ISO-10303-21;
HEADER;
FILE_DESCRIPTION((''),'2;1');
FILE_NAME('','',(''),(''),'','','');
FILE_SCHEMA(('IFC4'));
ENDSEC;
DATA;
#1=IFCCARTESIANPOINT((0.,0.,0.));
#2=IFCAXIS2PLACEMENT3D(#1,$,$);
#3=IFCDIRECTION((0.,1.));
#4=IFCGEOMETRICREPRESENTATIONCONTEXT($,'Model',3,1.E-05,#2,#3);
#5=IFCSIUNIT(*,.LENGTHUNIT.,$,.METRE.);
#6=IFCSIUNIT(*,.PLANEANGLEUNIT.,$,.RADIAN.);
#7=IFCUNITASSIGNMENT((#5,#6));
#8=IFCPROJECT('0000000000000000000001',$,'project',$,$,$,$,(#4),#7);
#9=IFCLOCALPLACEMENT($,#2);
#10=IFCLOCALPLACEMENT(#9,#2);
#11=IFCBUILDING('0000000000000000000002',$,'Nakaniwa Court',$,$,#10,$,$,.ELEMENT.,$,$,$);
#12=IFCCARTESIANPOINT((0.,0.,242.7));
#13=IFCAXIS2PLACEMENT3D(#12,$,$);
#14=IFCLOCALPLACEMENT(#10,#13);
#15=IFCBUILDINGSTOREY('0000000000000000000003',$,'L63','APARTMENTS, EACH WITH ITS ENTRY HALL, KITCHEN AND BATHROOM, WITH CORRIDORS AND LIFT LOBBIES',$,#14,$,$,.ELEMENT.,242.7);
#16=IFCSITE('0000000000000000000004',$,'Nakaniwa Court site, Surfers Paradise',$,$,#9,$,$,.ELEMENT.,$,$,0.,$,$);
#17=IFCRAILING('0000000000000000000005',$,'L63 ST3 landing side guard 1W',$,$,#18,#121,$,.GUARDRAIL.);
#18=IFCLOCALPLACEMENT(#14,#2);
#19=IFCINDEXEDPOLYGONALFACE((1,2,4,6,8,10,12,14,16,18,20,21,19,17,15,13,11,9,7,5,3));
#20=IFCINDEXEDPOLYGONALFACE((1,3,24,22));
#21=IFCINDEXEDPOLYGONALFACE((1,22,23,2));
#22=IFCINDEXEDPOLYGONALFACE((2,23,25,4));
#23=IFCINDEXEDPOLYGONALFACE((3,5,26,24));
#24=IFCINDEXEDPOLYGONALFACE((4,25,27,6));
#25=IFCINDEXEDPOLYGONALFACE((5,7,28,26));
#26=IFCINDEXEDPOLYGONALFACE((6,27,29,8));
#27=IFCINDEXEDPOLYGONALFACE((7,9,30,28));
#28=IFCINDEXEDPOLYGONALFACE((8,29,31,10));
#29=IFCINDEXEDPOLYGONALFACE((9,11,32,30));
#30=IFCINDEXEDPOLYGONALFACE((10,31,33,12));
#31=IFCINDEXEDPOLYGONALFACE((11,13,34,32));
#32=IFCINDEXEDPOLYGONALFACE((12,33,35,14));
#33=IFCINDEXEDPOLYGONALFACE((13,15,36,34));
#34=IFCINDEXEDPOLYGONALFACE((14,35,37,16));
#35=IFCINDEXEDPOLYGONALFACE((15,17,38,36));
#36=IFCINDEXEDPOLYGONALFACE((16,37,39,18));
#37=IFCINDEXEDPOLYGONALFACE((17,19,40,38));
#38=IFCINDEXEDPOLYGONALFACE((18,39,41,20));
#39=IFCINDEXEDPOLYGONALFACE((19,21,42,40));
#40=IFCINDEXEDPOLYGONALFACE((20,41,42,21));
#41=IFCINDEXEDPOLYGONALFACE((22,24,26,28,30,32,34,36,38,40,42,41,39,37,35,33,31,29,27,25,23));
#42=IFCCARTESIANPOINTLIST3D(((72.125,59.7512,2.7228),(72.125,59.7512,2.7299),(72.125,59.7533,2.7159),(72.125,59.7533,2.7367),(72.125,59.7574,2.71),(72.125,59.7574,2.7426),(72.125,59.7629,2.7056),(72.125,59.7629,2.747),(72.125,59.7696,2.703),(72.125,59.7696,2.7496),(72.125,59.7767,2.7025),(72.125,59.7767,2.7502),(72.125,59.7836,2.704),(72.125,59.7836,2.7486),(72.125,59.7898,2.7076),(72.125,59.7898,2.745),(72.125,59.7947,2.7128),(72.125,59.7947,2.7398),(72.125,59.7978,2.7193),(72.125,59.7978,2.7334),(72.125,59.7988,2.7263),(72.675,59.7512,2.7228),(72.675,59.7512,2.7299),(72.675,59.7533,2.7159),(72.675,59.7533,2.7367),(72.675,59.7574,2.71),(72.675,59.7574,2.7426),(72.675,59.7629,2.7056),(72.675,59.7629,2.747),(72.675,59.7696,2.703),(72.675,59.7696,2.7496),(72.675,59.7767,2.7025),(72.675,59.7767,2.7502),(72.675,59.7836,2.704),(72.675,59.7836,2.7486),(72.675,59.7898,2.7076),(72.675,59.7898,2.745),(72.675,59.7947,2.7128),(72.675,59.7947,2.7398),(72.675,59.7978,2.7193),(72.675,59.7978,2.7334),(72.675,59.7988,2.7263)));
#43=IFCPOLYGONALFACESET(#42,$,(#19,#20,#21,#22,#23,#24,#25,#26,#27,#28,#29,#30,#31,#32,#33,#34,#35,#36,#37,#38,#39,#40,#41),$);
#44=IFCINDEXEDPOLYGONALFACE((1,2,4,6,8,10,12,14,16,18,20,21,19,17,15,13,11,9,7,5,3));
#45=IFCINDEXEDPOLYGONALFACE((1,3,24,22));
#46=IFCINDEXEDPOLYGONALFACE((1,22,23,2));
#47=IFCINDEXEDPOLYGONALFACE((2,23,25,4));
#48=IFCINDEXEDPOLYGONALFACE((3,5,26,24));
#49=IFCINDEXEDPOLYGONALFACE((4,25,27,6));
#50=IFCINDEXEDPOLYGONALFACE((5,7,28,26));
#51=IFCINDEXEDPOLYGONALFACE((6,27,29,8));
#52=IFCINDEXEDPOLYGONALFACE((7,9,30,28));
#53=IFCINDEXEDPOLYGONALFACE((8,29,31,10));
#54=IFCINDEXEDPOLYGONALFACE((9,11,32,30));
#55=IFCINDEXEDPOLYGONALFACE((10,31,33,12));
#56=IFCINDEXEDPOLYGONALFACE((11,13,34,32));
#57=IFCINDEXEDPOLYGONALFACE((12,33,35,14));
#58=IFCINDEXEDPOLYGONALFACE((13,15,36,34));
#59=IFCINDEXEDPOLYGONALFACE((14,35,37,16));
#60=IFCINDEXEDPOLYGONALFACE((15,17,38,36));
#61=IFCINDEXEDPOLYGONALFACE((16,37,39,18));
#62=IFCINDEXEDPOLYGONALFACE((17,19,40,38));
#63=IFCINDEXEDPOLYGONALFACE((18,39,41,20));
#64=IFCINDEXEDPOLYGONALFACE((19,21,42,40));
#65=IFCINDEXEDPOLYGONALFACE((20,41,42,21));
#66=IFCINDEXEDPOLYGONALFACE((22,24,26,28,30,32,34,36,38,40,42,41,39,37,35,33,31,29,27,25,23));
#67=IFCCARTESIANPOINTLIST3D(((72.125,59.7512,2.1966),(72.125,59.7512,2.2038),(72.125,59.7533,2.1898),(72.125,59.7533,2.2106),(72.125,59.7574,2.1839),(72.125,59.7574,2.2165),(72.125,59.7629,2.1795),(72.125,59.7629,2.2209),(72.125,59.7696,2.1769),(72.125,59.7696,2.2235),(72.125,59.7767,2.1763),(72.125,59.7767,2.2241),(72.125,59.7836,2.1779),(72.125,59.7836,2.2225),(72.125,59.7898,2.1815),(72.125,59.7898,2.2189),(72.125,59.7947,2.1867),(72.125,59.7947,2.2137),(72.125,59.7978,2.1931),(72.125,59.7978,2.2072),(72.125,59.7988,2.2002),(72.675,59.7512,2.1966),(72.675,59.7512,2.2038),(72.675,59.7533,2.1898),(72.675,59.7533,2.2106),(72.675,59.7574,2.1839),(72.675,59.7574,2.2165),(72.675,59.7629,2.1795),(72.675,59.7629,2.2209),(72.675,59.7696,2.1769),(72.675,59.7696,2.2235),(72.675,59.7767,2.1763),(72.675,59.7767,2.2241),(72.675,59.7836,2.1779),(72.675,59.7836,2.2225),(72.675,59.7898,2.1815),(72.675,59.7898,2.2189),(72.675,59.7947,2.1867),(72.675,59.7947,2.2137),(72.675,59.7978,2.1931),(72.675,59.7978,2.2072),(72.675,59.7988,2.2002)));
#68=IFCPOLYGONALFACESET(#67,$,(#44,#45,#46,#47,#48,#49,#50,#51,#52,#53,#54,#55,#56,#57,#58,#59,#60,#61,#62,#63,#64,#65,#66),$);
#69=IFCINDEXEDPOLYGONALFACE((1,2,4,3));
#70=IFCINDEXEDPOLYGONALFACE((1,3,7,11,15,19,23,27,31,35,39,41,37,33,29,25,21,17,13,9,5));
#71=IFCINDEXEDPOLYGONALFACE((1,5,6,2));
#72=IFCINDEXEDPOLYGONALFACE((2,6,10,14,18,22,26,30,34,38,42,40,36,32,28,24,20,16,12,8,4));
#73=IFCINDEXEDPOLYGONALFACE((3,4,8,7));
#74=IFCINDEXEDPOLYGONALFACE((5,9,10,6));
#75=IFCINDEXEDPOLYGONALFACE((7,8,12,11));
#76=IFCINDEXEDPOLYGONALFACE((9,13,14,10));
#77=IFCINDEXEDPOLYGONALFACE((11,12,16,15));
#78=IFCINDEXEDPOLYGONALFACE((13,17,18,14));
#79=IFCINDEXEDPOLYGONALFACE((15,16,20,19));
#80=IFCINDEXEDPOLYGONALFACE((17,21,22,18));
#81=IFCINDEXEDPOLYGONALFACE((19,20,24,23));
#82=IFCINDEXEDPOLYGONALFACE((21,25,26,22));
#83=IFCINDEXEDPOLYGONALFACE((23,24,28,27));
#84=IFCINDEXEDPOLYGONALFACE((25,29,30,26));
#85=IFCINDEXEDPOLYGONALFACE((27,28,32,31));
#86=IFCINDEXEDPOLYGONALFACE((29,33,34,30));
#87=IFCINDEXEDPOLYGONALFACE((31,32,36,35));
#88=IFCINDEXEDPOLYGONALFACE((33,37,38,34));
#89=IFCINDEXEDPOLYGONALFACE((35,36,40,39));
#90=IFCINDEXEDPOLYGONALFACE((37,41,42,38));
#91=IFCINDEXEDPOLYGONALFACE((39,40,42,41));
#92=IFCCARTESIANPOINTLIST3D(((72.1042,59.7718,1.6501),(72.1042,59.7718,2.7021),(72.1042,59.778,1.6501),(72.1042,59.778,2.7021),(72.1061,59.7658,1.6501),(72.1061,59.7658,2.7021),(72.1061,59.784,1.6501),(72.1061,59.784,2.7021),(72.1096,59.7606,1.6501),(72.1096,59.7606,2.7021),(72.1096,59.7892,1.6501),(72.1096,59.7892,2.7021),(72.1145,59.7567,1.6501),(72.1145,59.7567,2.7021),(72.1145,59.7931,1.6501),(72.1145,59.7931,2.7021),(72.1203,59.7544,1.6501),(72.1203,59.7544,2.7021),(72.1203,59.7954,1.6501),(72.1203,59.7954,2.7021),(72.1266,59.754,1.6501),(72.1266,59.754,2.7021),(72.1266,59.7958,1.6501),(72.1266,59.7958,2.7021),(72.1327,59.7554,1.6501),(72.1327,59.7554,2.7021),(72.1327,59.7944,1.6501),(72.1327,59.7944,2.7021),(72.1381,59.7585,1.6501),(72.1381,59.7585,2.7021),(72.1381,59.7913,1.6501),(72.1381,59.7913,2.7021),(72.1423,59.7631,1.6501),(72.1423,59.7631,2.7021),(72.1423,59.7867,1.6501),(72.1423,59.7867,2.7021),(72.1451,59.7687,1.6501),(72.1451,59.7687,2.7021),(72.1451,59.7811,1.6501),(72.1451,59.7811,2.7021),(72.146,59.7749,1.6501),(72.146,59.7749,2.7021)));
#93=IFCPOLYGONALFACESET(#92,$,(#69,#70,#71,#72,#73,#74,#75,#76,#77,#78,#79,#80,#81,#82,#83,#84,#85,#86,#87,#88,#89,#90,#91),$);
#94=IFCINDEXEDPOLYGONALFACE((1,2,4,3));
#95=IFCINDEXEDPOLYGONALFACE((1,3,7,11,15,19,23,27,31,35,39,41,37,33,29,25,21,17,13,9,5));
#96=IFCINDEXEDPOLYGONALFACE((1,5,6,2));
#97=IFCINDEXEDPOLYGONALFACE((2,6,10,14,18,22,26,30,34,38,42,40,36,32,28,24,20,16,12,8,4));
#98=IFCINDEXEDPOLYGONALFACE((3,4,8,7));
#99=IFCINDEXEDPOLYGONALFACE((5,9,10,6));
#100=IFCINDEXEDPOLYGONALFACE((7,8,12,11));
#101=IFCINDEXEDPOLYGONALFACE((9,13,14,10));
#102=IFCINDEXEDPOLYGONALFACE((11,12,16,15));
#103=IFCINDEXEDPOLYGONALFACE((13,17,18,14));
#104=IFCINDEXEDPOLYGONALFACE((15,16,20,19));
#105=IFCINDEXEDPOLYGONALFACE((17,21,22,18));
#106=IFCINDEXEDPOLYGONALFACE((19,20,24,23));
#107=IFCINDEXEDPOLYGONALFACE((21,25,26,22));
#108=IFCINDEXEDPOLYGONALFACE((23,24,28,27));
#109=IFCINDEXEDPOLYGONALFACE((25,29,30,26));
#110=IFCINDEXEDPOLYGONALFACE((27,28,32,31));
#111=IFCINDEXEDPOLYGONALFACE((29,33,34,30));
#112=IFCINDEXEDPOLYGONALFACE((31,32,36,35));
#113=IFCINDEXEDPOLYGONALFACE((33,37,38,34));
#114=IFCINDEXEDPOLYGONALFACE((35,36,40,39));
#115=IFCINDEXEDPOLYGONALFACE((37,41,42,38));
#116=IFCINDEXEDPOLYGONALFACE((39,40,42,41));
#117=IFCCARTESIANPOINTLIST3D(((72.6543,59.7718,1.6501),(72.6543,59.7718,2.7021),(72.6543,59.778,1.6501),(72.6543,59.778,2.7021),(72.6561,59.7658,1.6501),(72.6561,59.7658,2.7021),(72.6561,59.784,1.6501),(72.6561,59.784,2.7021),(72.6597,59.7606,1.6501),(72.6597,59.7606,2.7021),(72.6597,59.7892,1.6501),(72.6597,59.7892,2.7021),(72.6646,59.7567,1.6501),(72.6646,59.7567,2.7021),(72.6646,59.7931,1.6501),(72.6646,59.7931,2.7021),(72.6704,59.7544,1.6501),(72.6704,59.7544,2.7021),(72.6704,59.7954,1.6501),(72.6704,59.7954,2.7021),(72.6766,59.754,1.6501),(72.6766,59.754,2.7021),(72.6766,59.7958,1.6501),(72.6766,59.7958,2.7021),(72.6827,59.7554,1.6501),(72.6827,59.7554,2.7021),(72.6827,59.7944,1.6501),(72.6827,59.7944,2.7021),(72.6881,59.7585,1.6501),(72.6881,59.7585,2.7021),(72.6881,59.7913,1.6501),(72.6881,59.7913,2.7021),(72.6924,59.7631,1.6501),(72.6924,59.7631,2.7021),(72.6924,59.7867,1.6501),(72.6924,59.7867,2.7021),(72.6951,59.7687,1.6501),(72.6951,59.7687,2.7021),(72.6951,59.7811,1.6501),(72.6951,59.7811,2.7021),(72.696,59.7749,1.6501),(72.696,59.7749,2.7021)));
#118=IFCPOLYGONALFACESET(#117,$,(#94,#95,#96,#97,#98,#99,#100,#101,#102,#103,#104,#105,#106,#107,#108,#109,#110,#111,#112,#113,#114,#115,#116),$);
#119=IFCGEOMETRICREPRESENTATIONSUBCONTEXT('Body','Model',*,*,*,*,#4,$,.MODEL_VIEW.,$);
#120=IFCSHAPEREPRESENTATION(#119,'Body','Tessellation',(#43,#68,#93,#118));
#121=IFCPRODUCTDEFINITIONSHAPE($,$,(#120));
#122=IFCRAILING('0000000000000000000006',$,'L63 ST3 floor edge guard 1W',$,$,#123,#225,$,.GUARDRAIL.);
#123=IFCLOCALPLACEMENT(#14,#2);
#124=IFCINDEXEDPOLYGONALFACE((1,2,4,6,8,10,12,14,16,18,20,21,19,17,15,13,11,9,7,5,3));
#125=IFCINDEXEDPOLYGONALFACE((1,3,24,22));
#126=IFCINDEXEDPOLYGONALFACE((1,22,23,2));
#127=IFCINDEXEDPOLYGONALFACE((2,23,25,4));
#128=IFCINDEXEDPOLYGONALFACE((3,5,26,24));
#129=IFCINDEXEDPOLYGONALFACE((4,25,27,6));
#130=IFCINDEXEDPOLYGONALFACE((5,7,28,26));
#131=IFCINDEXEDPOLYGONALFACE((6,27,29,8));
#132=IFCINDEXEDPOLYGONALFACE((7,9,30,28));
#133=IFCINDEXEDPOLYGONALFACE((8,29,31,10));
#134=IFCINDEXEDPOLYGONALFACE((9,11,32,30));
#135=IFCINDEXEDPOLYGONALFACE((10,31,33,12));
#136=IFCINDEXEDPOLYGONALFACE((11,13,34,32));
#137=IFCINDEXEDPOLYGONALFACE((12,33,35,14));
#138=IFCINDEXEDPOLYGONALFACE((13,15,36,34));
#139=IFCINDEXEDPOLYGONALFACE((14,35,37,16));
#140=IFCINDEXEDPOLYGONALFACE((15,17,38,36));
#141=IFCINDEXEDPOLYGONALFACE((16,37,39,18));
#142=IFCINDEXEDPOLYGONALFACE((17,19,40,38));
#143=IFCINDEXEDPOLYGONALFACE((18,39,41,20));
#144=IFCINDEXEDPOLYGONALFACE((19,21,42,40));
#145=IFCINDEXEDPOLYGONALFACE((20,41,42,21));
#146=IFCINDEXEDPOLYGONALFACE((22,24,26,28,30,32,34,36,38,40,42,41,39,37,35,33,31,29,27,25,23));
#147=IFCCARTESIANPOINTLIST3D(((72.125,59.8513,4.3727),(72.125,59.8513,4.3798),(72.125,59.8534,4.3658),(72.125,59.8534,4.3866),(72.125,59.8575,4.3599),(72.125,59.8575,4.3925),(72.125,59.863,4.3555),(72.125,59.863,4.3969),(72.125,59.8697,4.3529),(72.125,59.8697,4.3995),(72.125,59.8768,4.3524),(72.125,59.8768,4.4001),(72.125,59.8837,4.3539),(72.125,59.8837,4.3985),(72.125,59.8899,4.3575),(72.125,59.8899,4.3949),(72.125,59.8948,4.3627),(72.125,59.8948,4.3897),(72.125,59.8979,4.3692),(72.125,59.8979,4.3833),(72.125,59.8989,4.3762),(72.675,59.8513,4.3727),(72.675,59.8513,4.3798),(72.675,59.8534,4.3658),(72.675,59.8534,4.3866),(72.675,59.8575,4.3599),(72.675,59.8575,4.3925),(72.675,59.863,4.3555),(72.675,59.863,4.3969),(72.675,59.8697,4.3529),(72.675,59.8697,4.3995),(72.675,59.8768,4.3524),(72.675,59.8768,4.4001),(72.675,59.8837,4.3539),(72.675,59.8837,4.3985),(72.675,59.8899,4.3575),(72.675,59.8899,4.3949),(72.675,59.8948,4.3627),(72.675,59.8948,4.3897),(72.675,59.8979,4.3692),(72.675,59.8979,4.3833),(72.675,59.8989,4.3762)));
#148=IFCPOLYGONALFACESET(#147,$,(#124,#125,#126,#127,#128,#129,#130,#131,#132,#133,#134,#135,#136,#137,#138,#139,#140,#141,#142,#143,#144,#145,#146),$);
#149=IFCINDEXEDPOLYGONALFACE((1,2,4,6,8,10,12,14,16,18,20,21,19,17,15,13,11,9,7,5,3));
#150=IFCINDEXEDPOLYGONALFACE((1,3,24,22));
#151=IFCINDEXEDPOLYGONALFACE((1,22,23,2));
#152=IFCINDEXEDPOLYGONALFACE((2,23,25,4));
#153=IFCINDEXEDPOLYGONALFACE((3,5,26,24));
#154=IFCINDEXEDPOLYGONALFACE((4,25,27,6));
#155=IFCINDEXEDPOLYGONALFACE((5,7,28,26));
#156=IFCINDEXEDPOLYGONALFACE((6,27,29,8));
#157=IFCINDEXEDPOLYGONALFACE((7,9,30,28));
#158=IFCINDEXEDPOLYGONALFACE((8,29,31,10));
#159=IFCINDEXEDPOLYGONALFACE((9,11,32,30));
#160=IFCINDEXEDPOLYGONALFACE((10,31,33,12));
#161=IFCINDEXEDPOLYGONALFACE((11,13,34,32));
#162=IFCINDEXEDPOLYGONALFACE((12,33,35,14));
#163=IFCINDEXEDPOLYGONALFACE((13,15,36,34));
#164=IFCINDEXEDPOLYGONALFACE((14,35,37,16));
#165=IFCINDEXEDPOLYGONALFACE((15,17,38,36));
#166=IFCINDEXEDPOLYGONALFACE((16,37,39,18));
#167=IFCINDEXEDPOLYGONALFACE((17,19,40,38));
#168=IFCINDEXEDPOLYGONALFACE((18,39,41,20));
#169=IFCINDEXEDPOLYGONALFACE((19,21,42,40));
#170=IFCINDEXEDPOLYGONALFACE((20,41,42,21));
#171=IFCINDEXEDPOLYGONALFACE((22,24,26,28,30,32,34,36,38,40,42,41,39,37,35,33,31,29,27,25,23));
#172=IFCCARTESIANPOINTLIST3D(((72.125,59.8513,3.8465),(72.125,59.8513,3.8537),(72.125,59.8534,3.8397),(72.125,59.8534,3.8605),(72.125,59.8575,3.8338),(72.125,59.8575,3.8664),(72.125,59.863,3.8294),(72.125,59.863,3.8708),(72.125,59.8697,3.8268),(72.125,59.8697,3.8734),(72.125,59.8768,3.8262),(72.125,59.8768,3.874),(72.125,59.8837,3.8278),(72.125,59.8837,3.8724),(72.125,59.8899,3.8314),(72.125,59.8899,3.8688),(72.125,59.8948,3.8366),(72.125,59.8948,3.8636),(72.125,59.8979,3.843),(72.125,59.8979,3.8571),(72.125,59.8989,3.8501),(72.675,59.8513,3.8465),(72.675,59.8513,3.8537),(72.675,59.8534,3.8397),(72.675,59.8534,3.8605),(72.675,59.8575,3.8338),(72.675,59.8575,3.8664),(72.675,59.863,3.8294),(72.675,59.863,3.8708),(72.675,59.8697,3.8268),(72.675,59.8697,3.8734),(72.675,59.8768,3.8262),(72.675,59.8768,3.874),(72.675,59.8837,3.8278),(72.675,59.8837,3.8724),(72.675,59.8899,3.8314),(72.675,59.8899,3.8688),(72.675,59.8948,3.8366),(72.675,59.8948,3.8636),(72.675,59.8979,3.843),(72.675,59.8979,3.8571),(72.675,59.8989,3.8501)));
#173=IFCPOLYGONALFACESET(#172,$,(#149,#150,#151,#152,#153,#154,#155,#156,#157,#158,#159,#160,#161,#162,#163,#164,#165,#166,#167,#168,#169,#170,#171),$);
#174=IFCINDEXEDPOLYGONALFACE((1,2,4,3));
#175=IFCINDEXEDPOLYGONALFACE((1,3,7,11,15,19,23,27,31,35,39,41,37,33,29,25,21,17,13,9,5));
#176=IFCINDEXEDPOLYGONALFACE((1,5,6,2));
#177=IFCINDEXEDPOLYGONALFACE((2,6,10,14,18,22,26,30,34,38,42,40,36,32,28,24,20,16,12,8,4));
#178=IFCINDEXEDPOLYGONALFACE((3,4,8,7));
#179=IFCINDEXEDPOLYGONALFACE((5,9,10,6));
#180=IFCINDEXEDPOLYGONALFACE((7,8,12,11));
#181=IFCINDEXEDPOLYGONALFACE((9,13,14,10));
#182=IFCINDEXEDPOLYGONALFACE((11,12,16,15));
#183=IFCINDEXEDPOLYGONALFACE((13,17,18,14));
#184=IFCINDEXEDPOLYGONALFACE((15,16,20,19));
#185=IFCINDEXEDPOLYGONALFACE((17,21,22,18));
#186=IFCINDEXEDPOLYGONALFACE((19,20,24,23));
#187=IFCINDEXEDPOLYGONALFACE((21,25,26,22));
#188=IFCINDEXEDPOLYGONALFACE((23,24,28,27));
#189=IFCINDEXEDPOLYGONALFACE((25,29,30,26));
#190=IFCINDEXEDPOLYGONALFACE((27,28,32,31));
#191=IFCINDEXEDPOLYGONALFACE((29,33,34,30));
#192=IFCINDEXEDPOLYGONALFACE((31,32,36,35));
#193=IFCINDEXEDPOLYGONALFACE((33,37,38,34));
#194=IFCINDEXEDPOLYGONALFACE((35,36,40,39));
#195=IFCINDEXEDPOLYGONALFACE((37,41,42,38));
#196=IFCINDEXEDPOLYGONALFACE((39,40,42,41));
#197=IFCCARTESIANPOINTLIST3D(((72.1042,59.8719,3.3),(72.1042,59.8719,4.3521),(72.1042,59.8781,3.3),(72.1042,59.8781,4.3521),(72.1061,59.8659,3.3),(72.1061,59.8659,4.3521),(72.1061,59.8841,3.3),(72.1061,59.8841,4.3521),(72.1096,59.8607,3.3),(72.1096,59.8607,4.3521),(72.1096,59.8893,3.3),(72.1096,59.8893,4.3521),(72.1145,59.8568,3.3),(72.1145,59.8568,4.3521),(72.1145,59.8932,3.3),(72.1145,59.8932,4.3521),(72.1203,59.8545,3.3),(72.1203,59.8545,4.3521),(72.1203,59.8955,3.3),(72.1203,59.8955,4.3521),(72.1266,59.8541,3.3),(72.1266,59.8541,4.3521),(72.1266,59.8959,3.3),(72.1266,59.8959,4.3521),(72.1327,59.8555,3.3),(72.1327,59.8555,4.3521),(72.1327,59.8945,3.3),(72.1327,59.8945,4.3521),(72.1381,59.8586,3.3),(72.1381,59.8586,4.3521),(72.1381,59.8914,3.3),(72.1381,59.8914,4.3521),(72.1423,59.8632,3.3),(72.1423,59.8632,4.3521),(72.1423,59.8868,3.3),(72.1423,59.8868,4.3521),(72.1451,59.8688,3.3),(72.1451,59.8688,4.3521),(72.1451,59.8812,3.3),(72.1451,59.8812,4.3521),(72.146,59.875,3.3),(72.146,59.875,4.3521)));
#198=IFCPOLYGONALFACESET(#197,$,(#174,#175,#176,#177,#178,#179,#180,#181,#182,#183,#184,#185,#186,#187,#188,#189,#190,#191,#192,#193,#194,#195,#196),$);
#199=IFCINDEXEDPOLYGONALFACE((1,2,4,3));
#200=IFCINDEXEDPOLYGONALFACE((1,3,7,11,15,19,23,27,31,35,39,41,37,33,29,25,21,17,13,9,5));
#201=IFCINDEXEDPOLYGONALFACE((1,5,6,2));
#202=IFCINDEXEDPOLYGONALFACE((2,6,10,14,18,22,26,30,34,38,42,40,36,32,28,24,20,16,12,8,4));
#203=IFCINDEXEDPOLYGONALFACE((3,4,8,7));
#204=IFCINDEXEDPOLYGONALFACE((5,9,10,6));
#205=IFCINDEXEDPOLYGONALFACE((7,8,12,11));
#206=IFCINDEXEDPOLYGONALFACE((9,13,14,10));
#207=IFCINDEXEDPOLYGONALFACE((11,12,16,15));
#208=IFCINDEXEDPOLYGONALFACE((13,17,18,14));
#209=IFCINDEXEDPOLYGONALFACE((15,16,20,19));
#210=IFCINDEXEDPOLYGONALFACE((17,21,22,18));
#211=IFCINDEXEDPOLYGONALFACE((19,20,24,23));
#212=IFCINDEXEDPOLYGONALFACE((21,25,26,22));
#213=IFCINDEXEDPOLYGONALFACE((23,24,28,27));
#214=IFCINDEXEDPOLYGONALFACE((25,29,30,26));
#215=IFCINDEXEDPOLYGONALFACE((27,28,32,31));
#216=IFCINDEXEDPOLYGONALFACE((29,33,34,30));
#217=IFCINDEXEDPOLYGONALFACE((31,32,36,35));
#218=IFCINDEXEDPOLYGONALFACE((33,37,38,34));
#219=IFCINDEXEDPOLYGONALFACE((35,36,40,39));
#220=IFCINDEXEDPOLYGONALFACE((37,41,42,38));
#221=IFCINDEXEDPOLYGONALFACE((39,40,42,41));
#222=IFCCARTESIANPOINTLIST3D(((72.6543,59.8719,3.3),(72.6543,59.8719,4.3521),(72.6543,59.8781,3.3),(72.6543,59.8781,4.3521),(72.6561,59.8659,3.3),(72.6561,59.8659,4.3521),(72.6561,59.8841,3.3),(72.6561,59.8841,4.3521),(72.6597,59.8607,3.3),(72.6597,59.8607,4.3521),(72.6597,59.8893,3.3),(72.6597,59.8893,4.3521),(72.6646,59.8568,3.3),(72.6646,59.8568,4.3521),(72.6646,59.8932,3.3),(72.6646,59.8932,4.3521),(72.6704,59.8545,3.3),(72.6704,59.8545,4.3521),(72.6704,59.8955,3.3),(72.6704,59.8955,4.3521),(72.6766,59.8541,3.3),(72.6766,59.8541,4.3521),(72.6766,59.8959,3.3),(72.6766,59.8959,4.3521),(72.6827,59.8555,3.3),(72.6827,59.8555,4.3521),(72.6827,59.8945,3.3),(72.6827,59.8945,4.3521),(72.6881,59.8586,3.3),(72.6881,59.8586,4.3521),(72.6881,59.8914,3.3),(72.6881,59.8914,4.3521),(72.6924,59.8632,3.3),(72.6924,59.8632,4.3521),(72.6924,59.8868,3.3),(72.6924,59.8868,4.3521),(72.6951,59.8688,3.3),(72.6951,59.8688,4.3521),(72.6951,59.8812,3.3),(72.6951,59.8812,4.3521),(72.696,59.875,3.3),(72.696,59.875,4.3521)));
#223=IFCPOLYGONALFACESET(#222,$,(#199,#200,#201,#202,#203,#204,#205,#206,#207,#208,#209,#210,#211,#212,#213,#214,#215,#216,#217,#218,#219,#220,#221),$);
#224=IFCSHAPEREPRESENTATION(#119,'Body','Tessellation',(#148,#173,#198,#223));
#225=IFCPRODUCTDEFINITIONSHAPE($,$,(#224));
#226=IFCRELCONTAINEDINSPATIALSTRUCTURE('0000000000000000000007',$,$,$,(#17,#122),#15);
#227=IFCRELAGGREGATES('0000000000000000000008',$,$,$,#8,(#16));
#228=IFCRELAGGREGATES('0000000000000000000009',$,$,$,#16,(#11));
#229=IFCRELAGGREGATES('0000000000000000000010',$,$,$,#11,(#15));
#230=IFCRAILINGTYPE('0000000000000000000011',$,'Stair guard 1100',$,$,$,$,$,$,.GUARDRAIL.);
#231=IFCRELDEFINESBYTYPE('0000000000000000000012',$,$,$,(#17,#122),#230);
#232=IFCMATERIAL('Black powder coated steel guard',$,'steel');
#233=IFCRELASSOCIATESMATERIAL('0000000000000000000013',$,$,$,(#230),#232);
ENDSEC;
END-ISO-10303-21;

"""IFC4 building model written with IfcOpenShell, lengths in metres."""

from ifc_helpers import new_model, si_unit, direction, frame, origin, origin_2d, place, context, subcontext, project, spatial, circle, extrude, material, type_object, element, save


model = new_model("IFC4")

# Units and contexts
model_context = context("Model", 3, precision=1e-05, world=origin(), true_north=direction((0.0, 1.0)))
body_context = subcontext(model_context, "Body", "Model", "MODEL_VIEW")
ifc_project = project(units=[si_unit("LENGTHUNIT", "METRE"), si_unit("PLANEANGLEUNIT", "RADIAN")], contexts=[model_context])

# Site, building, storey
site_placement = place(None, origin())
site = spatial("IfcSite", under=ifc_project, at=site_placement, Name="Nakaniwa Court site, Surfers Paradise", CompositionType="ELEMENT", RefElevation=0.0)
building_placement = place(site_placement, origin())
building = spatial("IfcBuilding", under=site, at=building_placement, Name="Nakaniwa Court", CompositionType="ELEMENT")
storey_placement = place(building_placement, frame((0.0, 0.0, 242.7)))
storey = spatial("IfcBuildingStorey", under=building, at=storey_placement, Name="L63", Description="APARTMENTS, EACH WITH ITS ENTRY HALL, KITCHEN AND BATHROOM, WITH CORRIDORS AND LIFT LOBBIES", CompositionType="ELEMENT", Elevation=242.7)

# Railings
ifc_material_1 = material(Name="Black powder coated steel guard", Category="steel")
railing_type_1 = type_object("IfcRailingType", Name="Stair guard 1100", PredefinedType="GUARDRAIL", material=ifc_material_1)
for number, where, name in (
    (1, (72.125, 59.7749, 1.6501), "L63 ST3 landing side guard 1W"),
    (2, (72.125, 59.875, 3.3), "L63 ST3 floor edge guard 1W"),
):
    element("IfcRailing", number, at=place(storey_placement, frame(where)), inside=storey, type_object=railing_type_1, Name=name, PredefinedType="GUARDRAIL", context=body_context, shape_type="SweptSolid", body=[
        extrude(circle(Radius=0.0239, at=origin_2d()), frame((0.0, 0.0, 1.0762), z_axis=(1.0, 0.0, 0.0), x_axis=(0.0, 1.0, 0.0)), (0.0, 0.0, 1.0), 0.55),
        extrude(circle(Radius=0.0239, at=origin_2d()), frame((0.0, 0.0, 0.55), z_axis=(1.0, 0.0, 0.0), x_axis=(0.0, 1.0, 0.0)), (0.0, 0.0, 1.0), 0.55),
        extrude(circle(Radius=0.021, at=origin_2d()), origin(), (0.0, 0.0, 1.0), 1.052),
        extrude(circle(Radius=0.021, at=origin_2d()), frame((0.55, 0.0, 0.0)), (0.0, 0.0, 1.0), 1.052),
    ])

save(model, "model.ifc")
